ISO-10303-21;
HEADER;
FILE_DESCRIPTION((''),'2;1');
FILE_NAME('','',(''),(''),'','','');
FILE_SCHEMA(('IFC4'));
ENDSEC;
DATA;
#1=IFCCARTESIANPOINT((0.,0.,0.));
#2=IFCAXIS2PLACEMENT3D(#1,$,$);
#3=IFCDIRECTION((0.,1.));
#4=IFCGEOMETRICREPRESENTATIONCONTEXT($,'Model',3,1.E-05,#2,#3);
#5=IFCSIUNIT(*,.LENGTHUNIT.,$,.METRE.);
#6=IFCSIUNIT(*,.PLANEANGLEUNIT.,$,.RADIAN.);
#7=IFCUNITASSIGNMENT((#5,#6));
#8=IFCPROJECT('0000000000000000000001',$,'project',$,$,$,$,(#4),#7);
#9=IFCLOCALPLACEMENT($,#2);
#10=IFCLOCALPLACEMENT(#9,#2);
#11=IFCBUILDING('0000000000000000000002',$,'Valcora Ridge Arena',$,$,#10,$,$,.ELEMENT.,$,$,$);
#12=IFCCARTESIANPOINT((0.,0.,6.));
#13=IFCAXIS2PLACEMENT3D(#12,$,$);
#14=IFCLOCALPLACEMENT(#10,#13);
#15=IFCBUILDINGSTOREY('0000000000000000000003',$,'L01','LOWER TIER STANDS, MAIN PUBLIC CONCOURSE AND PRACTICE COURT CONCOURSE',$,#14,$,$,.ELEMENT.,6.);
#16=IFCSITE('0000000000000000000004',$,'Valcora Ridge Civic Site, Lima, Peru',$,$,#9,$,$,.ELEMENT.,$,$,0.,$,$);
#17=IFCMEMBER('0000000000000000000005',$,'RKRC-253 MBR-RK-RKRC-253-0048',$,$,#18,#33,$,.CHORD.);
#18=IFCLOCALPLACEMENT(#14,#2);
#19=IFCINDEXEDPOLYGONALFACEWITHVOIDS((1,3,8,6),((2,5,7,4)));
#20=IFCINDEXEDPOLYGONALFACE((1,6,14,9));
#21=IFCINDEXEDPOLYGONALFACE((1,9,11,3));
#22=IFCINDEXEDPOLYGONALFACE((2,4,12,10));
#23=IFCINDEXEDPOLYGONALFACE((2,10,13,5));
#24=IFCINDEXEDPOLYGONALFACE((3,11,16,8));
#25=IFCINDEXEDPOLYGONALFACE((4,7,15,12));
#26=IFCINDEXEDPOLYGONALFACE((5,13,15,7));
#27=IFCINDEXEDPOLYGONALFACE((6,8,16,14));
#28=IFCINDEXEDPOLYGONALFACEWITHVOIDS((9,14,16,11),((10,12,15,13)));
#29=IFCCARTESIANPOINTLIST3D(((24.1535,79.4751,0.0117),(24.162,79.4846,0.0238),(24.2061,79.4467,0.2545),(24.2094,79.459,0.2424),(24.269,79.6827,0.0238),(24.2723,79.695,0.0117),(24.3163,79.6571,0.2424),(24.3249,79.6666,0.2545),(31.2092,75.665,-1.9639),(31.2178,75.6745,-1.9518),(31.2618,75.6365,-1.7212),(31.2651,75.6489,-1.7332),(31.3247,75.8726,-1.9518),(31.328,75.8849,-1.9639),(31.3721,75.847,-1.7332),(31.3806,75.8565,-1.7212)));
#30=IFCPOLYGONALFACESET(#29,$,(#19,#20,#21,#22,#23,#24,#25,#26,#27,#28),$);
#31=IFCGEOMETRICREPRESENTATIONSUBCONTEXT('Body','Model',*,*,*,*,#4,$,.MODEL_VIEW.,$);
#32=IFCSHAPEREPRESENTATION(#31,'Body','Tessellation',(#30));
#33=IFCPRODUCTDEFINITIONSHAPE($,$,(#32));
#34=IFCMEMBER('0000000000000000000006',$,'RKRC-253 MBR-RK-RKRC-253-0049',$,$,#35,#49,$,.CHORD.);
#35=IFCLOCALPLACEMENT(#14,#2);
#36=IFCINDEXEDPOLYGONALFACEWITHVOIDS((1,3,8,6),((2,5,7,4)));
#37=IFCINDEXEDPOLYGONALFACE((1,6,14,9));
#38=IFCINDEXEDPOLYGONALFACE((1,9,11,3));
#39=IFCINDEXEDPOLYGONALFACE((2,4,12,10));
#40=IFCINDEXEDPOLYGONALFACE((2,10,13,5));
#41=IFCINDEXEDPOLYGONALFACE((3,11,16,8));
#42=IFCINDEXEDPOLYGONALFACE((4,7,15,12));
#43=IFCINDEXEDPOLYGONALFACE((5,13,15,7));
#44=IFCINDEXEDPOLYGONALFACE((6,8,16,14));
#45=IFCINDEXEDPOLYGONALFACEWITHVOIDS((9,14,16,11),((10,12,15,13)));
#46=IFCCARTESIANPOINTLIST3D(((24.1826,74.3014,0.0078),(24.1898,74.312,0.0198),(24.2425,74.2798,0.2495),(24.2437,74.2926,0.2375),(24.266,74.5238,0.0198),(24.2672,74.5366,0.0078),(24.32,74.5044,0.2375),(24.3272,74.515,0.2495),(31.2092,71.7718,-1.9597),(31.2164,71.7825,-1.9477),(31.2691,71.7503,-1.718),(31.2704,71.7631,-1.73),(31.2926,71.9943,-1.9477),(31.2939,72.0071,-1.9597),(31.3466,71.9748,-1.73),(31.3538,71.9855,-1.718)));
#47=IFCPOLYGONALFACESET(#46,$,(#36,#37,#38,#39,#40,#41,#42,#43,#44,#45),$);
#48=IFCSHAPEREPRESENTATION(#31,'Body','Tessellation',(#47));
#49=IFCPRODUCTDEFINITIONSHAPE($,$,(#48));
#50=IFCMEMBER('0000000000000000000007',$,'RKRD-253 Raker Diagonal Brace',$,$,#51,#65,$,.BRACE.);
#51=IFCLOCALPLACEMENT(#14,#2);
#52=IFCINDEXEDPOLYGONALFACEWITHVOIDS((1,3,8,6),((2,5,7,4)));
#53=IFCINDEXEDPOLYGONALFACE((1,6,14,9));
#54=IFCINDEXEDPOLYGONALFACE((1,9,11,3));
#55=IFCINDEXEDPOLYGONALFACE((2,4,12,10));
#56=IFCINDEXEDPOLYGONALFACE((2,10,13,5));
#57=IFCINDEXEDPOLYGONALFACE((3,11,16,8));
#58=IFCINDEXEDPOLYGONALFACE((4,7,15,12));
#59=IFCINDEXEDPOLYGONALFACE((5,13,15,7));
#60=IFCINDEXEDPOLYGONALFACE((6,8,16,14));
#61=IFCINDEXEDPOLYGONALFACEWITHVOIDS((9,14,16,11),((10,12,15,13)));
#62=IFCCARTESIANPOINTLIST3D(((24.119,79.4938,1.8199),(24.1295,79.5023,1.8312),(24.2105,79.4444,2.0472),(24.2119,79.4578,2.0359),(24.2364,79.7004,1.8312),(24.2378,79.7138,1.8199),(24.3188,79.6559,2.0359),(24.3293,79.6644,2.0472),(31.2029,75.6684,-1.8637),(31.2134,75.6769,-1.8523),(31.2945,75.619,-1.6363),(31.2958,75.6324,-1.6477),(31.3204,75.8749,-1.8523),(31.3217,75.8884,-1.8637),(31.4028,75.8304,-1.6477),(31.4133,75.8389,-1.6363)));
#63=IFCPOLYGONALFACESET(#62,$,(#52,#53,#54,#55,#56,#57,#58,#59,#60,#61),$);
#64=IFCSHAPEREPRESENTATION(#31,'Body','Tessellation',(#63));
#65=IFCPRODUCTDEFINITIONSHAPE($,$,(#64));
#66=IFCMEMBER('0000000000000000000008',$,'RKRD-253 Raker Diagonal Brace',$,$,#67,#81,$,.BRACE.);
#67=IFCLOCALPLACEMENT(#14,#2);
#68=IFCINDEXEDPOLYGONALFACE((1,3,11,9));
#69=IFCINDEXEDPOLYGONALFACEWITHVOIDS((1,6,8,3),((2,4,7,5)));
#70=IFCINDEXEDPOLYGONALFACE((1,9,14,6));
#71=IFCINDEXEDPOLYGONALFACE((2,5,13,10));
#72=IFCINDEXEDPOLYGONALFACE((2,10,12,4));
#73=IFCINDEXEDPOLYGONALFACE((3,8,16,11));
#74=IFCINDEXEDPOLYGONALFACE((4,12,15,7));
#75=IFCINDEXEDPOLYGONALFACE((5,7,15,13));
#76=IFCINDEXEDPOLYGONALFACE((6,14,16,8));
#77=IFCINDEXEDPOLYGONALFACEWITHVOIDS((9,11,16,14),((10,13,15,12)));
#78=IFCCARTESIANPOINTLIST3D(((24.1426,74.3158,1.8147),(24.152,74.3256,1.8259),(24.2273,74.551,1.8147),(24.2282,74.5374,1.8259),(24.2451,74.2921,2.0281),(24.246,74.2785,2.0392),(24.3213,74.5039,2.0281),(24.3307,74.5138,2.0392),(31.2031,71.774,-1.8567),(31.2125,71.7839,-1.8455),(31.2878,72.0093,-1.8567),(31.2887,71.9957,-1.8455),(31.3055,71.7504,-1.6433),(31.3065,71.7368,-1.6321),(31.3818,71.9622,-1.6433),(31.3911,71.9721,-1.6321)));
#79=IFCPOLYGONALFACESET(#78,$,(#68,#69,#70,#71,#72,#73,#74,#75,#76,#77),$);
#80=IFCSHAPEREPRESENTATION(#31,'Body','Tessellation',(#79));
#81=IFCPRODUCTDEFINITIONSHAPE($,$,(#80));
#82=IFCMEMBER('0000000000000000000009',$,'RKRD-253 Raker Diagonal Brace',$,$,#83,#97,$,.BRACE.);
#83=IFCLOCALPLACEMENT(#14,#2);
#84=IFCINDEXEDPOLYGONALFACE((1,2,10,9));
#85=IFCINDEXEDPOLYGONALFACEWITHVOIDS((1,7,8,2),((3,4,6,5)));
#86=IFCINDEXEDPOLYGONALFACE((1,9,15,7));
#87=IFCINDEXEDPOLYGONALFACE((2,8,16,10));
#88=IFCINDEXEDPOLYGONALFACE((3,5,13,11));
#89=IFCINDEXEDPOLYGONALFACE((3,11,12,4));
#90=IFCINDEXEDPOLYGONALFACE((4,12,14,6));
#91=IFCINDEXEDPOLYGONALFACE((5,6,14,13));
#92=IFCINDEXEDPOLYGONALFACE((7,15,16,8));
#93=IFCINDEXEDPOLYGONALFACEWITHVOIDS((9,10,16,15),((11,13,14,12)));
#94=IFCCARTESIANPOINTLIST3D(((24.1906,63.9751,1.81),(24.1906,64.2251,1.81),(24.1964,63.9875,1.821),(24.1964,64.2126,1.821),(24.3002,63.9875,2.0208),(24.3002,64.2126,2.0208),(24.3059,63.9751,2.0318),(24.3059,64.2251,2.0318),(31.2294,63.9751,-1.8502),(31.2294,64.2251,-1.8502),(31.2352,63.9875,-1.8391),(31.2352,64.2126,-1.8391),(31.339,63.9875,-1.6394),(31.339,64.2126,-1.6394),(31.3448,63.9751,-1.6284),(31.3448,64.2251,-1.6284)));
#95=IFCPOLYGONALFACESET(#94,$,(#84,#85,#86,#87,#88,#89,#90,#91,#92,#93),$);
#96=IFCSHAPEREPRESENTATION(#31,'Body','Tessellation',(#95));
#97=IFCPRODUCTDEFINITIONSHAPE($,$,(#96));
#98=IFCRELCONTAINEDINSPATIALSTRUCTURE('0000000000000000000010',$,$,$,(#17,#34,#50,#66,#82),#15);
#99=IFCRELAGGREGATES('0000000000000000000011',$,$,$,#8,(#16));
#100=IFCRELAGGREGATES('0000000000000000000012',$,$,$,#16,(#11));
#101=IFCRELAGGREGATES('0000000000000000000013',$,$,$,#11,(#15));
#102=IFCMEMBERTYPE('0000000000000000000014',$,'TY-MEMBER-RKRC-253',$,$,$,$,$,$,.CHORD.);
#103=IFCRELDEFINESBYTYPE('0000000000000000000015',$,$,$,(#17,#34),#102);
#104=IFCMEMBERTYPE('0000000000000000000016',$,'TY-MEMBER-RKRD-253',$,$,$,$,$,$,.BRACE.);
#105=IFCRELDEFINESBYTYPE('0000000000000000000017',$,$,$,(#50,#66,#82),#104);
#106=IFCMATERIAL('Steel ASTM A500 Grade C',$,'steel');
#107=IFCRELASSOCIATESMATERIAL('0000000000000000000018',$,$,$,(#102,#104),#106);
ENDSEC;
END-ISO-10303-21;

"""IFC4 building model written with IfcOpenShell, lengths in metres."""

from ifc_helpers import new_model, si_unit, direction, frame, origin, origin_2d, place, context, subcontext, project, spatial, hollow_rectangle, extrude, material, material_profile, profile_set, type_object, element, save


model = new_model("IFC4")

# Units and contexts
model_context = context("Model", 3, precision=1e-05, world=origin(), true_north=direction((0.0, 1.0)))
body_context = subcontext(model_context, "Body", "Model", "MODEL_VIEW")
ifc_project = project(units=[si_unit("LENGTHUNIT", "METRE"), si_unit("PLANEANGLEUNIT", "RADIAN")], contexts=[model_context])

# Site, building, storey
site_placement = place(None, origin())
site = spatial("IfcSite", under=ifc_project, at=site_placement, Name="Valcora Ridge Civic Site, Lima, Peru", CompositionType="ELEMENT", RefElevation=0.0)
building_placement = place(site_placement, origin())
building = spatial("IfcBuilding", under=site, at=building_placement, Name="Valcora Ridge Arena", CompositionType="ELEMENT")
storey_placement = place(building_placement, frame((0.0, 0.0, 6.0)))
storey = spatial("IfcBuildingStorey", under=building, at=storey_placement, Name="L01", Description="LOWER TIER STANDS, MAIN PUBLIC CONCOURSE AND PRACTICE COURT CONCOURSE", CompositionType="ELEMENT", Elevation=6.0)

# Members
ifc_material_1 = material(Name="Steel ASTM A500 Grade C", Category="steel")
ifc_material_profile_1 = material_profile(ifc_material_1, hollow_rectangle(XDim=0.25, YDim=0.25, WallThickness=0.0125, at=origin_2d()), Name="HSS250X250X12")
ifc_profile_set_1 = profile_set([ifc_material_profile_1], Name="Steel ASTM A500 Grade C")
member_type_1 = type_object("IfcMemberType", Name="TY-MEMBER-RKRC-253", PredefinedType="CHORD", material=ifc_profile_set_1)
member_1_placement = place(storey_placement, frame((31.2949, 75.7607, -1.8425), z_axis=(-0.854358, 0.461353, 0.23922), x_axis=(-0.475149, -0.879905, 0.0)))
element("IfcMember", 1, at=member_1_placement, inside=storey, type_object=member_type_1, Name="RKRC-253 MBR-RK-RKRC-253-0048", PredefinedType="CHORD", context=body_context, shape_type="SweptSolid", body=[
    extrude(hollow_rectangle(XDim=0.25, YDim=0.25, WallThickness=0.0125, at=origin_2d()), origin(), (0.0, 0.0, 1.0), 8.2585),
])
member_2_placement = place(storey_placement, frame((31.2815, 71.8787, -1.8389), z_axis=(-0.909842, 0.327538, 0.254766), x_axis=(-0.338715, -0.940889, 0.0)))
element("IfcMember", 2, at=member_2_placement, inside=storey, type_object=member_type_1, Name="RKRC-253 MBR-RK-RKRC-253-0049", PredefinedType="CHORD", context=body_context, shape_type="SweptSolid", body=[
    extrude(hollow_rectangle(XDim=0.25, YDim=0.25, WallThickness=0.0125, at=origin_2d()), origin(), (0.0, 0.0, 1.0), 7.7229),
])
ifc_material_profile_2 = material_profile(ifc_material_1, hollow_rectangle(XDim=0.25, YDim=0.25, WallThickness=0.0125, at=origin_2d()), Name="HSS250X250X12")
ifc_profile_set_2 = profile_set([ifc_material_profile_2], Name="Steel ASTM A500 Grade C")
member_type_2 = type_object("IfcMemberType", Name="TY-MEMBER-RKRD-253", PredefinedType="BRACE", material=ifc_profile_set_2)
member_3_placement = place(storey_placement, frame((31.3081, 75.7537, -1.75), z_axis=(-0.800128, 0.432079, 0.416057), x_axis=(-0.475157, -0.879901, 0.0)))
element("IfcMember", 3, at=member_3_placement, inside=storey, type_object=member_type_2, Name="RKRD-253 Raker Diagonal Brace", PredefinedType="BRACE", context=body_context, shape_type="SweptSolid", body=[
    extrude(hollow_rectangle(XDim=0.25, YDim=0.25, WallThickness=0.0125, at=origin_2d()), origin(), (0.0, 0.0, 1.0), 8.8535),
])
member_4_placement = place(storey_placement, frame((31.2971, 71.873, -1.7444), z_axis=(-0.84516, 0.304252, 0.439472), x_axis=(-0.338714, -0.940889, 0.0)))
element("IfcMember", 4, at=member_4_placement, inside=storey, type_object=member_type_2, Name="RKRD-253 Raker Diagonal Brace", PredefinedType="BRACE", context=body_context, shape_type="SweptSolid", body=[
    extrude(hollow_rectangle(XDim=0.25, YDim=0.25, WallThickness=0.0125, at=origin_2d()), origin(), (0.0, 0.0, 1.0), 8.354),
])
member_5_placement = place(storey_placement, frame((31.2871, 64.1001, -1.7393), z_axis=(-0.887218, 0.0, 0.46135), x_axis=(0.0, -1.0, 0.0)))
element("IfcMember", 5, at=member_5_placement, inside=storey, type_object=member_type_2, Name="RKRD-253 Raker Diagonal Brace", PredefinedType="BRACE", context=body_context, shape_type="SweptSolid", body=[
    extrude(hollow_rectangle(XDim=0.25, YDim=0.25, WallThickness=0.0125, at=origin_2d()), origin(), (0.0, 0.0, 1.0), 7.9336),
])

save(model, "model.ifc")
